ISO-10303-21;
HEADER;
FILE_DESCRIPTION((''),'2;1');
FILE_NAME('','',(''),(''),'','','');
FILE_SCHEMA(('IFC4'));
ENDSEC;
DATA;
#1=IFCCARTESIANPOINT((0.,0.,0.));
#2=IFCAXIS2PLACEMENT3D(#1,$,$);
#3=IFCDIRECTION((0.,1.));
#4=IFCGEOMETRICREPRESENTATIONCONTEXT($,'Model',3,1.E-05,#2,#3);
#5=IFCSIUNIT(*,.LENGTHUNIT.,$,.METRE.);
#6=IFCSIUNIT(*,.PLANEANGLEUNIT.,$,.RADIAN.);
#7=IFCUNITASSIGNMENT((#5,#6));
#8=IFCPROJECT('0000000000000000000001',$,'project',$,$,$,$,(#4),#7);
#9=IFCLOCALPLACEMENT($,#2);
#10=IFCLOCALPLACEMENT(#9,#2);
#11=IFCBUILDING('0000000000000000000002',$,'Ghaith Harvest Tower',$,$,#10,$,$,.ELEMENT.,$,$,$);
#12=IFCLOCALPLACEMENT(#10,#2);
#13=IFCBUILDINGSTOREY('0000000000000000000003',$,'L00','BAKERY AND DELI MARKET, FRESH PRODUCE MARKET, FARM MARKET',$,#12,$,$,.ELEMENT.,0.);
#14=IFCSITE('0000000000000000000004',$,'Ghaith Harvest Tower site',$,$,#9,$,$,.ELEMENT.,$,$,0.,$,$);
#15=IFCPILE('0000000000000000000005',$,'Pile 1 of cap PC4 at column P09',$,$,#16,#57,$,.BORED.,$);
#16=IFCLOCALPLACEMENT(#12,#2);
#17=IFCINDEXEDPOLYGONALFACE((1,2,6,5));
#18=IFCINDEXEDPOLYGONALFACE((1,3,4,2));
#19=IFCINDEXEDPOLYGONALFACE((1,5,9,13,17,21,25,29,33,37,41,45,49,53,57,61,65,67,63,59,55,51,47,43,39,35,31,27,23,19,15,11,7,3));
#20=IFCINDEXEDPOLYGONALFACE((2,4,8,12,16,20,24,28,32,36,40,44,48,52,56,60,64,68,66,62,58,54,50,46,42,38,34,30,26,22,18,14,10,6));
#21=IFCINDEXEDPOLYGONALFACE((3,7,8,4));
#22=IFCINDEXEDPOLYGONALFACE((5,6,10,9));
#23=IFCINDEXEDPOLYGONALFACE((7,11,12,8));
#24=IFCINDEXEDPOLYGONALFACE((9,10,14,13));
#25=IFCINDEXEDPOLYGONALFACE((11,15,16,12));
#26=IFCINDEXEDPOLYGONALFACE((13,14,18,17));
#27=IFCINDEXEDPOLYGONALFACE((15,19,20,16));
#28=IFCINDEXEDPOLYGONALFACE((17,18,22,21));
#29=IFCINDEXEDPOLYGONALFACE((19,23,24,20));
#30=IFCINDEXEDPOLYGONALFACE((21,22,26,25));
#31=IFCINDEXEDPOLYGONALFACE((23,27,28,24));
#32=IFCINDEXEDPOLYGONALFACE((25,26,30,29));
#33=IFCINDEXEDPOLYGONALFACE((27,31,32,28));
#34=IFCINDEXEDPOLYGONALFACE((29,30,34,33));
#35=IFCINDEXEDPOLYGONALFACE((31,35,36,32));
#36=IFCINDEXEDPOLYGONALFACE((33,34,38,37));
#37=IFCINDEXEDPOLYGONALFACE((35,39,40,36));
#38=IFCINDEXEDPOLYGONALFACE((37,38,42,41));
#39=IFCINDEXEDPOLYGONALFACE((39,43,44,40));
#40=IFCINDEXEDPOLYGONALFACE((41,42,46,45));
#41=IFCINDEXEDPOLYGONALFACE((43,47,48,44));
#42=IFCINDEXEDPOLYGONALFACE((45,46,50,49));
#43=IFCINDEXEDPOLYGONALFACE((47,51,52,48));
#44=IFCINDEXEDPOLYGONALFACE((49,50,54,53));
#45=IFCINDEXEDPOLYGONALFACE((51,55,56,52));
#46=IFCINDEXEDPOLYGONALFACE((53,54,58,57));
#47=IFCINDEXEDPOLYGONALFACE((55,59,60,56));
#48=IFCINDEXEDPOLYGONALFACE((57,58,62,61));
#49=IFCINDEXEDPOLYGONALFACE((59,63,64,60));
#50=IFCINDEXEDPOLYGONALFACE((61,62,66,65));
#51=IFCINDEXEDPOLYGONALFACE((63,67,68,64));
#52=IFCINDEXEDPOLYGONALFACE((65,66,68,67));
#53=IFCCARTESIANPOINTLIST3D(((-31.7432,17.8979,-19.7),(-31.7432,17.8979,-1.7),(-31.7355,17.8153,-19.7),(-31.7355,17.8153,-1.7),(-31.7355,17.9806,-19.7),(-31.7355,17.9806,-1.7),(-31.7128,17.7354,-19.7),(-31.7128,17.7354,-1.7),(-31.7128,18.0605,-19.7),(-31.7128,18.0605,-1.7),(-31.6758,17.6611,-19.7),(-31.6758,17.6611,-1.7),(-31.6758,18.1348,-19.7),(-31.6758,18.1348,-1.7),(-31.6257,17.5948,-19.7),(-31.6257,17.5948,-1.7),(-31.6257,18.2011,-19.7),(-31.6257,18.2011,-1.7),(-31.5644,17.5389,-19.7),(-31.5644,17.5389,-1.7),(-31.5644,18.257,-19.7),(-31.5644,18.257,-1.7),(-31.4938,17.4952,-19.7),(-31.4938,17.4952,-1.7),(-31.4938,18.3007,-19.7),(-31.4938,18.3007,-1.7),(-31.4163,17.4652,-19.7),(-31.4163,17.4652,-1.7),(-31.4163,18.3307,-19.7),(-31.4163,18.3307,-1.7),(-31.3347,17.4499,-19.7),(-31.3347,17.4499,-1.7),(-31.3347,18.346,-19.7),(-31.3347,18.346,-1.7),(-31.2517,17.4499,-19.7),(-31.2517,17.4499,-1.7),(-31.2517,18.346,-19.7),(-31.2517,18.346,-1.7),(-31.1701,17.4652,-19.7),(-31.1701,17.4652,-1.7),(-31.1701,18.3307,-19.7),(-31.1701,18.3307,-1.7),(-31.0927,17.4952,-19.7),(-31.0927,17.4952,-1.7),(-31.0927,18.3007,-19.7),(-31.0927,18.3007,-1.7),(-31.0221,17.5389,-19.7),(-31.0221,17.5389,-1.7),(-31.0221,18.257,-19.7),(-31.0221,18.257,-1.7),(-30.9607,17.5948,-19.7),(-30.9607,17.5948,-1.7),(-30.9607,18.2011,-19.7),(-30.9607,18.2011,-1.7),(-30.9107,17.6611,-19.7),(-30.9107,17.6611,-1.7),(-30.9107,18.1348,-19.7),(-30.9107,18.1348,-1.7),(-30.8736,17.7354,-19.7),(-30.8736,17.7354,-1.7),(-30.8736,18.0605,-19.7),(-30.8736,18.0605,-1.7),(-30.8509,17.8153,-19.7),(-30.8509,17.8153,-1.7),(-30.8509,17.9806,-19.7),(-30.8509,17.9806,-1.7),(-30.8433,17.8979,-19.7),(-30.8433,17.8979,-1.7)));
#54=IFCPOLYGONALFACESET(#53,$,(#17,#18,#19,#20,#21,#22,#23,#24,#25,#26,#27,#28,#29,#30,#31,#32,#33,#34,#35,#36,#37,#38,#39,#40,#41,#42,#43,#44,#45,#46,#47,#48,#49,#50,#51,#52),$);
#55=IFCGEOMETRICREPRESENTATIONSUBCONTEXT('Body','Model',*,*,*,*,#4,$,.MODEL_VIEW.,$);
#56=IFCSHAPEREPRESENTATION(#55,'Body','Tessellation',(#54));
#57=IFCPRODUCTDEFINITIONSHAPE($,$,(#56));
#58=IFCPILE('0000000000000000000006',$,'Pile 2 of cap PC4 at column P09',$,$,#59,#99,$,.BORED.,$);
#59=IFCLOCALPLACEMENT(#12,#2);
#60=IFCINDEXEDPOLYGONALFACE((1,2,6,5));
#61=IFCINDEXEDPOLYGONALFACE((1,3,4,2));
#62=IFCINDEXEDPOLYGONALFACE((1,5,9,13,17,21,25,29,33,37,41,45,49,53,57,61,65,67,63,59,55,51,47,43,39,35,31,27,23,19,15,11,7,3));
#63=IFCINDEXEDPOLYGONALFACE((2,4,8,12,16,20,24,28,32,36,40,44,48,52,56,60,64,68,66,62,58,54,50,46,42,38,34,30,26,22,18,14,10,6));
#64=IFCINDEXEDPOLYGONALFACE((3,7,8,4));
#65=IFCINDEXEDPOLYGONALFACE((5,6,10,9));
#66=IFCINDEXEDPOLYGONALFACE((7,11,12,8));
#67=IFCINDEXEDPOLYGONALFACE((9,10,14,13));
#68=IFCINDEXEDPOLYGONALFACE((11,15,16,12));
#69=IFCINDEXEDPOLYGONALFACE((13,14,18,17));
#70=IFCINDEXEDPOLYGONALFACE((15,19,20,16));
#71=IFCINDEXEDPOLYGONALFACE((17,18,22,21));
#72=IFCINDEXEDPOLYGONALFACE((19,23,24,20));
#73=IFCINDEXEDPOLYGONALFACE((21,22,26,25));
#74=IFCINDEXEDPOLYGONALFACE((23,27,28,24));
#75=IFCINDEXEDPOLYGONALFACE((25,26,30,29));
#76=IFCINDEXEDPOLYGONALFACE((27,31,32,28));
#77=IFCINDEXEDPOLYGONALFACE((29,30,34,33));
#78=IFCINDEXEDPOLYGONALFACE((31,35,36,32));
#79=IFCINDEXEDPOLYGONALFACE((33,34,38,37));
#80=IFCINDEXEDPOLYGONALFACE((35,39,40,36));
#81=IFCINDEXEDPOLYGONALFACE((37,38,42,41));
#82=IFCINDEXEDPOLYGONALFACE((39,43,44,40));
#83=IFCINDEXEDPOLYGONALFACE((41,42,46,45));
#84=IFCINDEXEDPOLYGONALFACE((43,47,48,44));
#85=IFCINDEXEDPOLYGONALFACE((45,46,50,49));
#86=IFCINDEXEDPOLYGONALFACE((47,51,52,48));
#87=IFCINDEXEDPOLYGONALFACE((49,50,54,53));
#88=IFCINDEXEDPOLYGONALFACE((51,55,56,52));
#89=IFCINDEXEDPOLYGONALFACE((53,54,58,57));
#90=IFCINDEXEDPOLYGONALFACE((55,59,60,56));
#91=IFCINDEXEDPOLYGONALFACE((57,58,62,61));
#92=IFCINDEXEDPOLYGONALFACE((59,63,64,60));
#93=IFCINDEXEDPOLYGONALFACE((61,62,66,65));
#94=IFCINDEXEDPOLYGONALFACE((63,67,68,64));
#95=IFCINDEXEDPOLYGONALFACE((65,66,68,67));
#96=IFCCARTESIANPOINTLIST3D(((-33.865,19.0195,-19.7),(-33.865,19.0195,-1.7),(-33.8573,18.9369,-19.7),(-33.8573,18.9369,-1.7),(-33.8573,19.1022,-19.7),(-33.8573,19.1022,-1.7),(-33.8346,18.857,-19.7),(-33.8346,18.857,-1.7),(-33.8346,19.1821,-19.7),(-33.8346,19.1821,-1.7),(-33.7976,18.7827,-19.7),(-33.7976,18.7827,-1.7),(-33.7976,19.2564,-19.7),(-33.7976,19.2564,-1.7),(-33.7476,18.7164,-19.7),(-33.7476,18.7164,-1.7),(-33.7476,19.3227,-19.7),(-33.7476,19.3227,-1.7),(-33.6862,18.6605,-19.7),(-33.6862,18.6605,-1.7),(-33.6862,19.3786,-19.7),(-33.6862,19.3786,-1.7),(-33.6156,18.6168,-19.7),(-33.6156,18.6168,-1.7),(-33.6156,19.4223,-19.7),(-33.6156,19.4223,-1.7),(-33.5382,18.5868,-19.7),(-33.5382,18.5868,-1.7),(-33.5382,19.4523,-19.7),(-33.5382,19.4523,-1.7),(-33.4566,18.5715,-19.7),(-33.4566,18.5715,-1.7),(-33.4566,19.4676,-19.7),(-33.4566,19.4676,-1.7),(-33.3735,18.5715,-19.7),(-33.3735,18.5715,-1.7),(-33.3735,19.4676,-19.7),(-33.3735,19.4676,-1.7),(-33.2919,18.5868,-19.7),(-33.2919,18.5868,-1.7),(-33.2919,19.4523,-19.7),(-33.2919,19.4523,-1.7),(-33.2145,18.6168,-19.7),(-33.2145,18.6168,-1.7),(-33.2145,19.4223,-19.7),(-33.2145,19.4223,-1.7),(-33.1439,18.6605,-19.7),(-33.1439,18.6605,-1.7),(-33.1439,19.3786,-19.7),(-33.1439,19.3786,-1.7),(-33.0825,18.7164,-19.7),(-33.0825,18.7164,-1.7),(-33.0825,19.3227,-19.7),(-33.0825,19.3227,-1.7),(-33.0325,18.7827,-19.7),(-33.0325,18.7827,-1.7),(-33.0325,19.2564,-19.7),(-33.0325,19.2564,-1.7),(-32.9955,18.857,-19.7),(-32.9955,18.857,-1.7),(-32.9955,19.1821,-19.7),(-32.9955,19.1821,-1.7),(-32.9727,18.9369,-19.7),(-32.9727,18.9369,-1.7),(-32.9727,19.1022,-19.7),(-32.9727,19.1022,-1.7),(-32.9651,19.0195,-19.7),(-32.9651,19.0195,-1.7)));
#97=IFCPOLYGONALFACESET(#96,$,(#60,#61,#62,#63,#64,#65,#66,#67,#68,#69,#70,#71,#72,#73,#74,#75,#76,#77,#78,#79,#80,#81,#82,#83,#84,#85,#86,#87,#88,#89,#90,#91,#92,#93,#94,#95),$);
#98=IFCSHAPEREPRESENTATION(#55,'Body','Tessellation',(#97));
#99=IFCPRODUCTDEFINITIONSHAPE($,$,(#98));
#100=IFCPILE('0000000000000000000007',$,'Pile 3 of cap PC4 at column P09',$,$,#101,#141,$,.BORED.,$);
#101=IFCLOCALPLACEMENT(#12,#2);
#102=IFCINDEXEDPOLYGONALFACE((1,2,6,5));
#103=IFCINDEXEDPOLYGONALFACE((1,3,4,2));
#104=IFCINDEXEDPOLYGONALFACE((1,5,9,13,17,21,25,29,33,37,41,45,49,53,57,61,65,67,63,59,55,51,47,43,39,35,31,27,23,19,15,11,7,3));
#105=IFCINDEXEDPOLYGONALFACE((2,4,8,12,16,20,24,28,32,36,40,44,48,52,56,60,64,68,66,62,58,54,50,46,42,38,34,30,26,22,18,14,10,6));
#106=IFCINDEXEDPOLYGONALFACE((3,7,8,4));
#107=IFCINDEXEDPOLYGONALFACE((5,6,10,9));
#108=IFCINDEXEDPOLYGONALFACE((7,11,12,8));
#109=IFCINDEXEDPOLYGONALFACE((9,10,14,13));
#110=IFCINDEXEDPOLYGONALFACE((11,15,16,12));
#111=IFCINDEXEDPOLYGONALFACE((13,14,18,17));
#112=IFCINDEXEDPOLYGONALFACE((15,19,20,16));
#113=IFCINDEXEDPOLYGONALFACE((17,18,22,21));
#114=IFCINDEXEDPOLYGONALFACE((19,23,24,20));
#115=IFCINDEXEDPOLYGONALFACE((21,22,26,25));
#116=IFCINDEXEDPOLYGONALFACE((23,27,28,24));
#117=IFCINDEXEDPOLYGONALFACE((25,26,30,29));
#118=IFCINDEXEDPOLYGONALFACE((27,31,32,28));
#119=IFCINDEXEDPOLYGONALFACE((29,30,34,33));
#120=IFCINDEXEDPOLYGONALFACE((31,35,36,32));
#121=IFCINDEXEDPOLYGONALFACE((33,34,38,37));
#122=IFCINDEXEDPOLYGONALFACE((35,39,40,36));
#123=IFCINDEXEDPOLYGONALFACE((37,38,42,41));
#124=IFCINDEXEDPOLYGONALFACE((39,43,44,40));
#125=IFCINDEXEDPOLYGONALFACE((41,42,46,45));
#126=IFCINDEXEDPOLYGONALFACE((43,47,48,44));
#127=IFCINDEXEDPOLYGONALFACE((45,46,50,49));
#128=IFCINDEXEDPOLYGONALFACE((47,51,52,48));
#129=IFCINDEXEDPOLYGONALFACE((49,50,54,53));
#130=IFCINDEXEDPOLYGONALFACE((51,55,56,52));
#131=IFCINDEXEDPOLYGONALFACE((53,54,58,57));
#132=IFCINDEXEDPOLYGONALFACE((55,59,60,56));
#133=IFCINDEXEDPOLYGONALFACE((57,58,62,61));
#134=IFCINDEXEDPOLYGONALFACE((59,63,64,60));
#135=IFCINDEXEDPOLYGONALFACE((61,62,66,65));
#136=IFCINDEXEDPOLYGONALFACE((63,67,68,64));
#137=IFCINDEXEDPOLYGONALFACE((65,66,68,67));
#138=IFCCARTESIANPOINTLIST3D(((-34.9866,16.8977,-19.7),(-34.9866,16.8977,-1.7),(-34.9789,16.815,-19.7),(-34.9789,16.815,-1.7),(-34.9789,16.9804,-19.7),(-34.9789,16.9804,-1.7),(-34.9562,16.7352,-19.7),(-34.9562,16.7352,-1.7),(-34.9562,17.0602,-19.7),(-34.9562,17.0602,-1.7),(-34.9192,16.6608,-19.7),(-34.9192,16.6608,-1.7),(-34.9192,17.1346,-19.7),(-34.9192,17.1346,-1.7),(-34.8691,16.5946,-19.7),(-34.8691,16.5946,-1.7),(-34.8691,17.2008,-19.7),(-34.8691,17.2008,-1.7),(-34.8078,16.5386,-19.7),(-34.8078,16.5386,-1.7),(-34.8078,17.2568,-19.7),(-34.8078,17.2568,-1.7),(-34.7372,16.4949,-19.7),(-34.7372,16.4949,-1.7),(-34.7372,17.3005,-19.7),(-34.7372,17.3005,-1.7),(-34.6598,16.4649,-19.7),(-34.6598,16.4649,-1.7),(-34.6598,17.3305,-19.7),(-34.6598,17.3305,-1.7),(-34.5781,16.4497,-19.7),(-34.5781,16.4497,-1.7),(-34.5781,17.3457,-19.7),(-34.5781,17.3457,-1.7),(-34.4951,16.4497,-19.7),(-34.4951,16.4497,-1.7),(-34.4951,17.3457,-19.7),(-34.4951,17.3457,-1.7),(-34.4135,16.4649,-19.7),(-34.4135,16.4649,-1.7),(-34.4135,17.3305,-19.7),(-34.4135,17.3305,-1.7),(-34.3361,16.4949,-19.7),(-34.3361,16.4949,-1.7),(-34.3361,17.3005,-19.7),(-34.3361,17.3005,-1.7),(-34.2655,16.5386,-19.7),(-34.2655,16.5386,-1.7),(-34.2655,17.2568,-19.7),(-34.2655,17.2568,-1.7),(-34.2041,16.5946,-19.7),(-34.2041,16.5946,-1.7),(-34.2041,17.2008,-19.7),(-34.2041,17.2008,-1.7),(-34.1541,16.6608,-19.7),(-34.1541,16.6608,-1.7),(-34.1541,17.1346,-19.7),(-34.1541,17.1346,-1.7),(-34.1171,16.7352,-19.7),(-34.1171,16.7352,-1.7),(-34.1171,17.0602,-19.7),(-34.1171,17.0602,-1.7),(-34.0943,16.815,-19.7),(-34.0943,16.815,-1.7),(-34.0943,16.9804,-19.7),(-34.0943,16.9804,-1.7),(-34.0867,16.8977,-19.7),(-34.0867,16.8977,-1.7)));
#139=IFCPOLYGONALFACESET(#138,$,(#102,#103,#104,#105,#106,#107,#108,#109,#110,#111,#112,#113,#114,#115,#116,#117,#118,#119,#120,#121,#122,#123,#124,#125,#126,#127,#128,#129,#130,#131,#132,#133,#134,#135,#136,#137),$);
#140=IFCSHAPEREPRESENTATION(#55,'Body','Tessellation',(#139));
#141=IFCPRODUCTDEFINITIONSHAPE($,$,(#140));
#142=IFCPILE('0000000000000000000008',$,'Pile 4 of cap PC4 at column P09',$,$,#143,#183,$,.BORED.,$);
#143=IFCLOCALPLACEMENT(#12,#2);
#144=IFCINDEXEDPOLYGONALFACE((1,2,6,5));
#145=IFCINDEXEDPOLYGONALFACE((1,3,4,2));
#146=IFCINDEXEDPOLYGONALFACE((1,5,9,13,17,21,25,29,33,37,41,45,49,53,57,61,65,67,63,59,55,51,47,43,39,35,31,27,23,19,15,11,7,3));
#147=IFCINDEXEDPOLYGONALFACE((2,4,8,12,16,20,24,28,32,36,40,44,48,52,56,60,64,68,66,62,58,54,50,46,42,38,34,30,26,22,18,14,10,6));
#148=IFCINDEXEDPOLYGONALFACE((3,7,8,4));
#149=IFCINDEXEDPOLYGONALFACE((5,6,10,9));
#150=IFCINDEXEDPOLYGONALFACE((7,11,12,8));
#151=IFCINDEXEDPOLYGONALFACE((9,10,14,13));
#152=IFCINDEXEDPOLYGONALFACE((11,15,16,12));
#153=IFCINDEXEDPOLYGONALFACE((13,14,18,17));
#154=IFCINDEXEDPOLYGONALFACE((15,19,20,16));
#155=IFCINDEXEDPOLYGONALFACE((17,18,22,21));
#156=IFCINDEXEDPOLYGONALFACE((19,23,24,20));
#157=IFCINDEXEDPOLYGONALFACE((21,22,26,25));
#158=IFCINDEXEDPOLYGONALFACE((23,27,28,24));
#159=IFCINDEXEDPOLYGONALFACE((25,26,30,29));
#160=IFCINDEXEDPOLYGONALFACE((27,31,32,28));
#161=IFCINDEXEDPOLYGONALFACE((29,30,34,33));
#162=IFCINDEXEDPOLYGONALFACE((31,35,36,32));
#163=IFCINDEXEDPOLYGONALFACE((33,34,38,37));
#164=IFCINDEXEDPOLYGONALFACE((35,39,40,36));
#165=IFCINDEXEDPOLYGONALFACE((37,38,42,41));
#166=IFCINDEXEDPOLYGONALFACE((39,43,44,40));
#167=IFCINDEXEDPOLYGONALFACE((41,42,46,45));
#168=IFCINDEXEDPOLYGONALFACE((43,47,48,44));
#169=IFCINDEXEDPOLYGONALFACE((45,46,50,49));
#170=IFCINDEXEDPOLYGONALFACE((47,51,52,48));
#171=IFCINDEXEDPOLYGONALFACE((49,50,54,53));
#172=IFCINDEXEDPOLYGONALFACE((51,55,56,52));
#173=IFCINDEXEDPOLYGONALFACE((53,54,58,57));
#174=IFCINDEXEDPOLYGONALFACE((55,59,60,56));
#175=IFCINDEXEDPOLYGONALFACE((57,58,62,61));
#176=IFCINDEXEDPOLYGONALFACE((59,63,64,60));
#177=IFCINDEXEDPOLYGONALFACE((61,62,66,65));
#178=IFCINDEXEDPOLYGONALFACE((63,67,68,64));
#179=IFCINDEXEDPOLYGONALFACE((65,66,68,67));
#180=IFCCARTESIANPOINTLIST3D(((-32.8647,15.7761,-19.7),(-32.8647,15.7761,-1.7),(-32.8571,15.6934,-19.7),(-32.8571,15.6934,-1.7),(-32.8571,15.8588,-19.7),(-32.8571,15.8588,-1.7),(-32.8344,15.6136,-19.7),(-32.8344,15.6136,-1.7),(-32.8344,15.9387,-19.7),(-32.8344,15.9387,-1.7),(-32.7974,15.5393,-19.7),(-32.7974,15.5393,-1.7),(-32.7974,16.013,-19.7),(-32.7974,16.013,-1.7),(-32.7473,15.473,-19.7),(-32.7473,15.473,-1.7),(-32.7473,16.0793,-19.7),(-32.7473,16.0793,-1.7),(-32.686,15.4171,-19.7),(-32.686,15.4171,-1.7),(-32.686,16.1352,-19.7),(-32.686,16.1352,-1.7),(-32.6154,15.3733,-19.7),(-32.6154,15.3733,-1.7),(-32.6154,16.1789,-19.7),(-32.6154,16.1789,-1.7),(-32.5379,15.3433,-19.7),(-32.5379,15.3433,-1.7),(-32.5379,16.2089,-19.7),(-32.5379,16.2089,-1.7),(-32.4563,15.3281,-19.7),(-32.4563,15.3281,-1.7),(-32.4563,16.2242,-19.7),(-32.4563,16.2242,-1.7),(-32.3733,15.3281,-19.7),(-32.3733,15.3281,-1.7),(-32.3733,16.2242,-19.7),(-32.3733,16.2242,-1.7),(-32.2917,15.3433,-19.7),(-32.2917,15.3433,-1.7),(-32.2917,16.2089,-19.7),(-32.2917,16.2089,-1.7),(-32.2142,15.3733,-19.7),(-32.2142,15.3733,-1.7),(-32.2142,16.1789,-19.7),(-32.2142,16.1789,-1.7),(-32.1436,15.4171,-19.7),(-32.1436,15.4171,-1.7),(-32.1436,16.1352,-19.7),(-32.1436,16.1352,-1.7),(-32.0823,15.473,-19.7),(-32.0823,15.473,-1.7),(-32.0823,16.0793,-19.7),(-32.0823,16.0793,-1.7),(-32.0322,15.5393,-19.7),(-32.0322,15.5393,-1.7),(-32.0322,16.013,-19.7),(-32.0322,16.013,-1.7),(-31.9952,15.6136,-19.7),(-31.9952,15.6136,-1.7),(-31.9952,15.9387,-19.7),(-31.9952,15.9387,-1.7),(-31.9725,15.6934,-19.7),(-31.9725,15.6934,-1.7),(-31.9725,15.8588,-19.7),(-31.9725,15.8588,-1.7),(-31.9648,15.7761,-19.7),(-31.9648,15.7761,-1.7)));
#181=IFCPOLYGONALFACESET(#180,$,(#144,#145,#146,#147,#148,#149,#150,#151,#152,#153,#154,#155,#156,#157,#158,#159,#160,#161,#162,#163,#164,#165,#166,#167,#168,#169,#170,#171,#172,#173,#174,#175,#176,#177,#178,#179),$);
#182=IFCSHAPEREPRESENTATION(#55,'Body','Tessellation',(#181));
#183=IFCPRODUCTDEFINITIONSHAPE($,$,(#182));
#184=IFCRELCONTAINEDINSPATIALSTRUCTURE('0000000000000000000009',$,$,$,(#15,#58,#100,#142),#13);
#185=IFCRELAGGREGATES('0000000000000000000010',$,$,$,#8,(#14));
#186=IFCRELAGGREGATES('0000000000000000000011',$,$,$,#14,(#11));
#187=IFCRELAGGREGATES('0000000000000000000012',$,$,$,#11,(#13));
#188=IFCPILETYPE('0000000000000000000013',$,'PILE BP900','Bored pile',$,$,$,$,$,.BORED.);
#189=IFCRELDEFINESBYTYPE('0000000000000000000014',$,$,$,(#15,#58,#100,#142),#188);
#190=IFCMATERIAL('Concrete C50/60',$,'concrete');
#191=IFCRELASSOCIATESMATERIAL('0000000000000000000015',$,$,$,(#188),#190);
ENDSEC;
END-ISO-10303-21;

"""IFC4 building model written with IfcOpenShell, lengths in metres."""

from ifc_helpers import new_model, si_unit, direction, frame, origin, origin_2d, place, context, subcontext, project, spatial, circle, extrude, material, material_profile, profile_set, type_object, element, save


model = new_model("IFC4")

# Units and contexts
model_context = context("Model", 3, precision=1e-05, world=origin(), true_north=direction((0.0, 1.0)))
body_context = subcontext(model_context, "Body", "Model", "MODEL_VIEW")
ifc_project = project(units=[si_unit("LENGTHUNIT", "METRE"), si_unit("PLANEANGLEUNIT", "RADIAN")], contexts=[model_context])

# Site, building, storey
site_placement = place(None, origin())
site = spatial("IfcSite", under=ifc_project, at=site_placement, Name="Ghaith Harvest Tower site", CompositionType="ELEMENT", RefElevation=0.0)
building_placement = place(site_placement, origin())
building = spatial("IfcBuilding", under=site, at=building_placement, Name="Ghaith Harvest Tower", CompositionType="ELEMENT")
storey_placement = place(building_placement, origin())
storey = spatial("IfcBuildingStorey", under=building, at=storey_placement, Name="L00", Description="BAKERY AND DELI MARKET, FRESH PRODUCE MARKET, FARM MARKET", CompositionType="ELEMENT", Elevation=0.0)

# Piles
ifc_material_1 = material(Name="Concrete C50/60", Category="concrete")
ifc_material_profile_1 = material_profile(ifc_material_1, circle(Radius=0.45, at=origin_2d()), Name="PILE900")
ifc_profile_set_1 = profile_set([ifc_material_profile_1], Name="Concrete C50/60")
pile_type = type_object("IfcPileType", Name="PILE BP900", Description="Bored pile", PredefinedType="BORED", material=ifc_profile_set_1)
for number, where, z_axis, x_axis, name in (
    (1, (-31.2932, 17.8979, -1.7), (0.0, 0.0, -1.0), (1.0, 0.0, 0.0), "Pile 1 of cap PC4 at column P09"),
    (2, (-33.415, 19.0195, -1.7), (0.0, 0.0, -1.0), (1.0, 0.0, 0.0), "Pile 2 of cap PC4 at column P09"),
    (3, (-34.5366, 16.8977, -1.7), (0.0, 0.0, -1.0), (1.0, 0.0, 0.0), "Pile 3 of cap PC4 at column P09"),
    (4, (-32.4148, 15.7761, -1.7), (0.0, 0.0, -1.0), (1.0, 0.0, 0.0), "Pile 4 of cap PC4 at column P09"),
):
    element("IfcPile", number, at=place(storey_placement, frame(where, z_axis=z_axis, x_axis=x_axis)), inside=storey, type_object=pile_type, Name=name, PredefinedType="BORED", context=body_context, shape_type="SweptSolid", body=[
        extrude(circle(Radius=0.45, at=origin_2d()), origin(), (0.0, 0.0, 1.0), 18.0),
    ])

save(model, "model.ifc")
